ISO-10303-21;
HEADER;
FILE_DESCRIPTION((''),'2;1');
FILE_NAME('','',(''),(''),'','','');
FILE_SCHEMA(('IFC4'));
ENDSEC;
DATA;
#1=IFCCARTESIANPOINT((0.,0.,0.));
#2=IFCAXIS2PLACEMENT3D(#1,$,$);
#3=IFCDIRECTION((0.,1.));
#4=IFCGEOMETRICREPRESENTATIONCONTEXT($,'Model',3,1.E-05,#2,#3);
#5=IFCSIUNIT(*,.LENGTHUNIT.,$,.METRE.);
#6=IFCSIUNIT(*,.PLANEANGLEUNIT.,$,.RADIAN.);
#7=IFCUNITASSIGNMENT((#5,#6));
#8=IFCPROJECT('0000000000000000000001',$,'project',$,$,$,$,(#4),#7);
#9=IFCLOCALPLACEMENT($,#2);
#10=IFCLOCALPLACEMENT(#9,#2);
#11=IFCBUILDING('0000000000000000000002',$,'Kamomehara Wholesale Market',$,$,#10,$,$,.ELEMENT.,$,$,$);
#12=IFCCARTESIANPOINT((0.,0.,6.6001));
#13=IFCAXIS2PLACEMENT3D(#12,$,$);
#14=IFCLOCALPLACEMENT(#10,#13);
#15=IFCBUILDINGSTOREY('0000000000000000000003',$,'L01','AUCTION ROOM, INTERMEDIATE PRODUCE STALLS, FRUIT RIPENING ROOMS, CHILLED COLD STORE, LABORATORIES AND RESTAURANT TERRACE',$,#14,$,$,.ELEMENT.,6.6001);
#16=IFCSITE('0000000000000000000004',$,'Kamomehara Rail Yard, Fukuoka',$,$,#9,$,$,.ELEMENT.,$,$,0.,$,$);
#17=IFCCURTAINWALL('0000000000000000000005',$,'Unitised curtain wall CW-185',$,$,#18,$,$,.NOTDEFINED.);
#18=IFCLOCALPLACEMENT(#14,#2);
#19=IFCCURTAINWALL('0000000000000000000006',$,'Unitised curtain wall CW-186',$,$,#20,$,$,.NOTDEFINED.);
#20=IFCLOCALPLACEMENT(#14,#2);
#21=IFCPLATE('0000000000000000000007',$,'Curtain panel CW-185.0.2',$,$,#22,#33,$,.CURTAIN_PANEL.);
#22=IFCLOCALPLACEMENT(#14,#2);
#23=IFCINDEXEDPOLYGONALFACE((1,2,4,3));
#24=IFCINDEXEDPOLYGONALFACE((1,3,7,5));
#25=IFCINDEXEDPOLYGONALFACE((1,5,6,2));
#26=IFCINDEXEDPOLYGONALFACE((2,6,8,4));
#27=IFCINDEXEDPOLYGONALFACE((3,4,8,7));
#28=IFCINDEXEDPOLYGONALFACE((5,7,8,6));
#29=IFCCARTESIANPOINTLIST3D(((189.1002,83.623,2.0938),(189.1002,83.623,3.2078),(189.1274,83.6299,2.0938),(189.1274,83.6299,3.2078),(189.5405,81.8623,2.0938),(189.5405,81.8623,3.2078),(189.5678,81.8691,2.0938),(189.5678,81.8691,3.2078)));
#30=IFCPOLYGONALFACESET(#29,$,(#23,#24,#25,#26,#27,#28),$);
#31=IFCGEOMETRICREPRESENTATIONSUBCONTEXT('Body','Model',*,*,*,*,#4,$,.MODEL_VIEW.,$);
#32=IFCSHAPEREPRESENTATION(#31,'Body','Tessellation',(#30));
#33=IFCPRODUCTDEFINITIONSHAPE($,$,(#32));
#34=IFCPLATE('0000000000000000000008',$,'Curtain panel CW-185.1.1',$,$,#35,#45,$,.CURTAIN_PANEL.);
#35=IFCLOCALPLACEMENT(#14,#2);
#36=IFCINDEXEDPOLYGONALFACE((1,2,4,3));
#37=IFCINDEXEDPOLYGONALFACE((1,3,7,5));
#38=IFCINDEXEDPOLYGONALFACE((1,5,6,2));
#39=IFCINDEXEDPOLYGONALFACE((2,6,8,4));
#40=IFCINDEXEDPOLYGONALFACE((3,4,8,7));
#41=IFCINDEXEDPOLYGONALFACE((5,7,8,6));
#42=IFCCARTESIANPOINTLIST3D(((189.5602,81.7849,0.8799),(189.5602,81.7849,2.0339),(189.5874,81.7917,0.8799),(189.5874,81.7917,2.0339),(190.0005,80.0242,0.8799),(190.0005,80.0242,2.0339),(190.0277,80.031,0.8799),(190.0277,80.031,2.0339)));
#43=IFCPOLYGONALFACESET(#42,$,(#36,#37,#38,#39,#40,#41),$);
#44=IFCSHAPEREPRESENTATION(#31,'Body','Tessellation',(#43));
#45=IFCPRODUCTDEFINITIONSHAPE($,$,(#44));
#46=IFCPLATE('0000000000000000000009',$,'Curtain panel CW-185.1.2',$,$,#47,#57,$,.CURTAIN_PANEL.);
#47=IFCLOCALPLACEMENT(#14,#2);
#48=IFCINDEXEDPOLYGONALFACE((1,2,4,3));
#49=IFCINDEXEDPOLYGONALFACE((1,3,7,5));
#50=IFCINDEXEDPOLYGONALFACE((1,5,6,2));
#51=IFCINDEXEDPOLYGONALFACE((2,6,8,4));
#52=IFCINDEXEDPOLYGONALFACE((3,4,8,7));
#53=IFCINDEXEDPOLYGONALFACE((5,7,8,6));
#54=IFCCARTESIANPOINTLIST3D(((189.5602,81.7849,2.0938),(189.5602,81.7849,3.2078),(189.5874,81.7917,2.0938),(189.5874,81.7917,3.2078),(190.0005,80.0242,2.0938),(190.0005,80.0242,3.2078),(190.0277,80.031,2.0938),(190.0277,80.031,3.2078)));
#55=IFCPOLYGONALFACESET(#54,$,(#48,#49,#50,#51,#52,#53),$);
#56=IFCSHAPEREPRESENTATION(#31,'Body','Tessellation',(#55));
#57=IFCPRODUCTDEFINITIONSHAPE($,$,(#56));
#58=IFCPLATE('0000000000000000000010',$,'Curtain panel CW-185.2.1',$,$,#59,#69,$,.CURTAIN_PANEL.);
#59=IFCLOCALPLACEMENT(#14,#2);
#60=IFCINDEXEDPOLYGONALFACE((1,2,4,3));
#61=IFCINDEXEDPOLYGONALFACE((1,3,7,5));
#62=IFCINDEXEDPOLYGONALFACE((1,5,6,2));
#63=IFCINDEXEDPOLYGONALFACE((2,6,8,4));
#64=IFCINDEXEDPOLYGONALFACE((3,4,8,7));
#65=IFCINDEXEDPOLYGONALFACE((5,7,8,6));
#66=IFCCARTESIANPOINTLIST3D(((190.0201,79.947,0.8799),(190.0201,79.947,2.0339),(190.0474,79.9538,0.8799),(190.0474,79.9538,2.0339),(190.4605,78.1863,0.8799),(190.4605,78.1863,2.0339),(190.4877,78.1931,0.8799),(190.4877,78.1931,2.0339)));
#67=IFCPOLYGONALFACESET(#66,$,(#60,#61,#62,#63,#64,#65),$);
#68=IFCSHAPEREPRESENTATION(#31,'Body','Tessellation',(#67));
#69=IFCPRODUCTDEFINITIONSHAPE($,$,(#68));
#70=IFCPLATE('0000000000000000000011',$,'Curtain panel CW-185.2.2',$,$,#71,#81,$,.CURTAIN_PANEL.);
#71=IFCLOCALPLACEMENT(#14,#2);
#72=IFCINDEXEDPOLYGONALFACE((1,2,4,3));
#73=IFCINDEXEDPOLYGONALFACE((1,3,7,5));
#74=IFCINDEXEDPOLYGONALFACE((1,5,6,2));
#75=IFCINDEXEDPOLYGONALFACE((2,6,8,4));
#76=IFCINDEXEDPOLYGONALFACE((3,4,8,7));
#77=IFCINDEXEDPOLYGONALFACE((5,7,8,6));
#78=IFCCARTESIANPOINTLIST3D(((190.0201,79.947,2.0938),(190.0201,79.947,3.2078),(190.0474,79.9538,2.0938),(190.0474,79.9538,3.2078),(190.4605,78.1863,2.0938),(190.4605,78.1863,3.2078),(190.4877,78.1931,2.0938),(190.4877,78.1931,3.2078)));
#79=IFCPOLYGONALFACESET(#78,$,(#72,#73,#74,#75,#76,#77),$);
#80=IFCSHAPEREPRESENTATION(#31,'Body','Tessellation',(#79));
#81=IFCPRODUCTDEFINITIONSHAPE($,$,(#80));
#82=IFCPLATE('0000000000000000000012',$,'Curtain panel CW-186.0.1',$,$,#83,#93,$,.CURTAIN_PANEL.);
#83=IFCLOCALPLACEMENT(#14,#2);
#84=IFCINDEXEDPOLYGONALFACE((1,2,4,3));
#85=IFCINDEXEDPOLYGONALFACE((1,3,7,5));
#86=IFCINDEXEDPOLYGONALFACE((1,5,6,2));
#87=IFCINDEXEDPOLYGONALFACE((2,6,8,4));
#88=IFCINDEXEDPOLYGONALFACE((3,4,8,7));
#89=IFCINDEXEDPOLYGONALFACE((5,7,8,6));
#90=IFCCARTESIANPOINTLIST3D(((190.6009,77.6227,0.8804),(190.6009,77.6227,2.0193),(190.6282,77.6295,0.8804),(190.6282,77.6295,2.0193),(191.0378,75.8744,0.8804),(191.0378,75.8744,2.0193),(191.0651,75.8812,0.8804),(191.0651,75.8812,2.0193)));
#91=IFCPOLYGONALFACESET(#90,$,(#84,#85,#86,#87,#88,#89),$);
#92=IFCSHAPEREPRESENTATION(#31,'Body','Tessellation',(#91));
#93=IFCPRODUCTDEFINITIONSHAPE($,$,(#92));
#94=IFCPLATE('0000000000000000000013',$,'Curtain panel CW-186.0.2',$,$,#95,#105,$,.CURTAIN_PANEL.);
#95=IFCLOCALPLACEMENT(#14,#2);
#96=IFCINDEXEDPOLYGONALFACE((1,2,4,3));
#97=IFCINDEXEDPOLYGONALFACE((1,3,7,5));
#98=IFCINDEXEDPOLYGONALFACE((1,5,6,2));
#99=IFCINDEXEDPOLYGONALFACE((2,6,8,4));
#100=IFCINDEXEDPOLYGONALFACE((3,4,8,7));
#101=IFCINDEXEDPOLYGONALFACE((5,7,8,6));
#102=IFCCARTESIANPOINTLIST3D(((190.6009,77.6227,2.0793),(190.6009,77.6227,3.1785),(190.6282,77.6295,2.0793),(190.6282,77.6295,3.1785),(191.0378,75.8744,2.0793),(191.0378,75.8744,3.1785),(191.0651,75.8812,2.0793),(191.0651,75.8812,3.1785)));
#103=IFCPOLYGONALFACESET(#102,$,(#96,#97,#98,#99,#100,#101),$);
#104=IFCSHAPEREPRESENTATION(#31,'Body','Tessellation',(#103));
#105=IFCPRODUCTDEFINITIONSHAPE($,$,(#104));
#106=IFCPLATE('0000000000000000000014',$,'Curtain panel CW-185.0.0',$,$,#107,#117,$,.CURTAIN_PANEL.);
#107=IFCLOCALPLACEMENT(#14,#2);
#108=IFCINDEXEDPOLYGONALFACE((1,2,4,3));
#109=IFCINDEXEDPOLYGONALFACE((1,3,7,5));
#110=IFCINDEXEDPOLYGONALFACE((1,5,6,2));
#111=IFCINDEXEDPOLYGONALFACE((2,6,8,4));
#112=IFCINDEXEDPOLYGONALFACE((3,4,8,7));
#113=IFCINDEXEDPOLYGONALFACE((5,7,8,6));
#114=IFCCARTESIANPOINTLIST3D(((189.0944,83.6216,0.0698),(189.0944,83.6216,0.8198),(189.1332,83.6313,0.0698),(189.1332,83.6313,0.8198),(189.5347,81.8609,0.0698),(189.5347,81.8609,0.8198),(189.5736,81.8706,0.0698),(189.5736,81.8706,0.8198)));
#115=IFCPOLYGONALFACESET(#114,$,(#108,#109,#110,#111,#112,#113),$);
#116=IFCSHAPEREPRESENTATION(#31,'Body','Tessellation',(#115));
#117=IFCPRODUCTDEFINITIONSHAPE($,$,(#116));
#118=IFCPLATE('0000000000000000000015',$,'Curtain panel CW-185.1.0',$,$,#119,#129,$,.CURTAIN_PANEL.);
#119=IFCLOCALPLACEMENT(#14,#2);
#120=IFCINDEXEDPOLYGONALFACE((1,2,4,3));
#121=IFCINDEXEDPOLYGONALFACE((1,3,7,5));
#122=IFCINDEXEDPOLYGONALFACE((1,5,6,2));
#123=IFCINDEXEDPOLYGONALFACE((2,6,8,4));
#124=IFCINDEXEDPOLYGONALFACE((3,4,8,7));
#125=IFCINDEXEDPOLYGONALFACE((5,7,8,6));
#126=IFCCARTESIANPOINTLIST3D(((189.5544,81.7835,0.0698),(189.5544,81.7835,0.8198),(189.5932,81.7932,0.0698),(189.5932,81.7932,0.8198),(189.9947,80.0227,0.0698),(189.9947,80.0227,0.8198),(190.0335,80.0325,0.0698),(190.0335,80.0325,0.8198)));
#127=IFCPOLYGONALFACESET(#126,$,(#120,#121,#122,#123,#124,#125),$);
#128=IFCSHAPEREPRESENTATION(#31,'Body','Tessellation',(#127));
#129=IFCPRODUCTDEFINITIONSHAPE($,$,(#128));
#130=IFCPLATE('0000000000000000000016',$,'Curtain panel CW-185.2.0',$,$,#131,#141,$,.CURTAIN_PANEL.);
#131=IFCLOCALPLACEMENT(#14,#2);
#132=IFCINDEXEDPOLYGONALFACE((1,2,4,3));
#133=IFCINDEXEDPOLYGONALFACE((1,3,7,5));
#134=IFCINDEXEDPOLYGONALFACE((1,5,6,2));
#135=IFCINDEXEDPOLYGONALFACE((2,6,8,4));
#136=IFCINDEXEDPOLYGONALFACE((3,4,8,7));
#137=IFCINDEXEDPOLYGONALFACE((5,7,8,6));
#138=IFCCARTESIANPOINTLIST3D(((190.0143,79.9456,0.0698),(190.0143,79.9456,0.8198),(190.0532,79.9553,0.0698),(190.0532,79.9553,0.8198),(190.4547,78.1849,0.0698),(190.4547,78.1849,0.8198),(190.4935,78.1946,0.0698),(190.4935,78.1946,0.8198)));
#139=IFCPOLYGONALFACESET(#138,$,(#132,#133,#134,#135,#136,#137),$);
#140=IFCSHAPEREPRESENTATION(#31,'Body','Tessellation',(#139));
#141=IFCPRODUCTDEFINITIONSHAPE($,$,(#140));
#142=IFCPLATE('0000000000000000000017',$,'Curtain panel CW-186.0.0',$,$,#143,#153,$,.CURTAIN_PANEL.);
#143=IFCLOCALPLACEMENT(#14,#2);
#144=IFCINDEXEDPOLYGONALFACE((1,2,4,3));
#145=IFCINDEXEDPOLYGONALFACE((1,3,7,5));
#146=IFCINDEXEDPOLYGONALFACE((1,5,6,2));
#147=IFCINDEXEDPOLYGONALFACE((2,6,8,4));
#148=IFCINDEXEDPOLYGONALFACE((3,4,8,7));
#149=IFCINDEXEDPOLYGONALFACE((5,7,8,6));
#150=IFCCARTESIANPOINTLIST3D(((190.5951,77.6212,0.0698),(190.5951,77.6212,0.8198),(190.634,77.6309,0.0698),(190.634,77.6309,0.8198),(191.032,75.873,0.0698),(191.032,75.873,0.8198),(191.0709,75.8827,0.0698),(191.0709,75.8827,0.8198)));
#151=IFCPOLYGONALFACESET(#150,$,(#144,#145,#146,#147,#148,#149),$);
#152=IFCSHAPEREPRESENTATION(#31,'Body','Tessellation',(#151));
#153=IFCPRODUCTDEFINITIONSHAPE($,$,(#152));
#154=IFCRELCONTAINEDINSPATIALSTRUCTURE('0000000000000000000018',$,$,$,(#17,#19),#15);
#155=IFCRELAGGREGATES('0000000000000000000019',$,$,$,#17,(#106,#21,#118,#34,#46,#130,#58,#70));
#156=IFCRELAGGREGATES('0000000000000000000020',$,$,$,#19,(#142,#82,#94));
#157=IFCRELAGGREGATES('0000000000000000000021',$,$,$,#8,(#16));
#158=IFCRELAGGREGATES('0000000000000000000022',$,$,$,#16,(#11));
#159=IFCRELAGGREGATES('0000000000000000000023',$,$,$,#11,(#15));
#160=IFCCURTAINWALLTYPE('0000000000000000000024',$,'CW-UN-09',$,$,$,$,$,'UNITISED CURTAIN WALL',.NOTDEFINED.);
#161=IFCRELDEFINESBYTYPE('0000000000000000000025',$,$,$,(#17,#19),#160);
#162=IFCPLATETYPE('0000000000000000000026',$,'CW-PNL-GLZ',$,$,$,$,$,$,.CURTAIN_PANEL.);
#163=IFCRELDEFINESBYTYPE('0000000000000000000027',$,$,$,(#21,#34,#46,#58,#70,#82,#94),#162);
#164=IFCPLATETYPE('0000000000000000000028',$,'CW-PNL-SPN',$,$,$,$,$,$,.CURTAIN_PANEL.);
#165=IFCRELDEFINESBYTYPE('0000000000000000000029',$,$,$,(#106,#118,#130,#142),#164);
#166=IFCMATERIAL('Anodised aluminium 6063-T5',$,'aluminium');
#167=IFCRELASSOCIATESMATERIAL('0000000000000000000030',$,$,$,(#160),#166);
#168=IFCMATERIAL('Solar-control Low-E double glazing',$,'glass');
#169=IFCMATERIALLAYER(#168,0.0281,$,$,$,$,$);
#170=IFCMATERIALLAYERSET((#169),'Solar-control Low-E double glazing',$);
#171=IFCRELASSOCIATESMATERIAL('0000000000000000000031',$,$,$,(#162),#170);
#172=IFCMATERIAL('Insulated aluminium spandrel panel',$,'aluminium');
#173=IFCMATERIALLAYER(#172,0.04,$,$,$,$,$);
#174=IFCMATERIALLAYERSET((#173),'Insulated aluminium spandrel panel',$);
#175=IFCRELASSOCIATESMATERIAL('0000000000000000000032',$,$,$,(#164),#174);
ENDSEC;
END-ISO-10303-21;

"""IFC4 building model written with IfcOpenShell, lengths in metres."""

from ifc_helpers import new_model, si_unit, direction, frame, origin, origin_2d, place, context, subcontext, project, spatial, rectangle, extrude, material, layer, layer_set, type_object, element, aggregate, save


model = new_model("IFC4")

# Units and contexts
model_context = context("Model", 3, precision=1e-05, world=origin(), true_north=direction((0.0, 1.0)))
body_context = subcontext(model_context, "Body", "Model", "MODEL_VIEW")
ifc_project = project(units=[si_unit("LENGTHUNIT", "METRE"), si_unit("PLANEANGLEUNIT", "RADIAN")], contexts=[model_context])

# Site, building, storey
site_placement = place(None, origin())
site = spatial("IfcSite", under=ifc_project, at=site_placement, Name="Kamomehara Rail Yard, Fukuoka", CompositionType="ELEMENT", RefElevation=0.0)
building_placement = place(site_placement, origin())
building = spatial("IfcBuilding", under=site, at=building_placement, Name="Kamomehara Wholesale Market", CompositionType="ELEMENT")
storey_placement = place(building_placement, frame((0.0, 0.0, 6.6001)))
storey = spatial("IfcBuildingStorey", under=building, at=storey_placement, Name="L01", Description="AUCTION ROOM, INTERMEDIATE PRODUCE STALLS, FRUIT RIPENING ROOMS, CHILLED COLD STORE, LABORATORIES AND RESTAURANT TERRACE", CompositionType="ELEMENT", Elevation=6.6001)

# Curtain walls
ifc_material_1 = material(Name="Anodised aluminium 6063-T5", Category="aluminium")
curtain_wall_type = type_object("IfcCurtainWallType", Name="CW-UN-09", ElementType="UNITISED CURTAIN WALL", PredefinedType="NOTDEFINED", material=ifc_material_1)
curtain_wall_1_placement = place(storey_placement, origin())
curtain_wall_1 = element("IfcCurtainWall", 1, at=curtain_wall_1_placement, inside=storey, type_object=curtain_wall_type, Name="Unitised curtain wall CW-185", PredefinedType="NOTDEFINED")
curtain_wall_2_placement = place(storey_placement, origin())
curtain_wall_2 = element("IfcCurtainWall", 2, at=curtain_wall_2_placement, inside=storey, type_object=curtain_wall_type, Name="Unitised curtain wall CW-186", PredefinedType="NOTDEFINED")

# Plates
ifc_material_2 = material(Name="Solar-control Low-E double glazing", Category="glass")
ifc_layer_1 = layer(ifc_material_2, 0.0281)
ifc_layer_set_1 = layer_set([ifc_layer_1], Name="Solar-control Low-E double glazing")
plate_type_1 = type_object("IfcPlateType", Name="CW-PNL-GLZ", PredefinedType="CURTAIN_PANEL", material=ifc_layer_set_1)
plate_1_placement = place(storey_placement, frame((189.334, 82.7461, 2.0938), z_axis=(0.0, 0.0, 1.0), x_axis=(0.242616, -0.970122, 0.0)))
plate_1 = element("IfcPlate", 3, at=plate_1_placement, type_object=plate_type_1, Name="Curtain panel CW-185.0.2", PredefinedType="CURTAIN_PANEL", context=body_context, shape_type="SweptSolid", body=[
    extrude(rectangle(XDim=1.8149, YDim=0.0281, at=origin_2d()), origin(), (0.0, 0.0, 1.0), 1.114),
])
plate_2_placement = place(storey_placement, frame((189.7939, 80.908, 0.8799), z_axis=(0.0, 0.0, 1.0), x_axis=(0.242616, -0.970122, 0.0)))
plate_2 = element("IfcPlate", 4, at=plate_2_placement, type_object=plate_type_1, Name="Curtain panel CW-185.1.1", PredefinedType="CURTAIN_PANEL", context=body_context, shape_type="SweptSolid", body=[
    extrude(rectangle(XDim=1.8149, YDim=0.0281, at=origin_2d()), origin(), (0.0, 0.0, 1.0), 1.1541),
])
plate_3_placement = place(storey_placement, frame((189.7939, 80.908, 2.0938), z_axis=(0.0, 0.0, 1.0), x_axis=(0.242616, -0.970122, 0.0)))
plate_3 = element("IfcPlate", 5, at=plate_3_placement, type_object=plate_type_1, Name="Curtain panel CW-185.1.2", PredefinedType="CURTAIN_PANEL", context=body_context, shape_type="SweptSolid", body=[
    extrude(rectangle(XDim=1.8149, YDim=0.0281, at=origin_2d()), origin(), (0.0, 0.0, 1.0), 1.114),
])
plate_4_placement = place(storey_placement, frame((190.2539, 79.0701, 0.8799), z_axis=(0.0, 0.0, 1.0), x_axis=(0.242616, -0.970122, 0.0)))
plate_4 = element("IfcPlate", 6, at=plate_4_placement, type_object=plate_type_1, Name="Curtain panel CW-185.2.1", PredefinedType="CURTAIN_PANEL", context=body_context, shape_type="SweptSolid", body=[
    extrude(rectangle(XDim=1.8149, YDim=0.0281, at=origin_2d()), origin(), (0.0, 0.0, 1.0), 1.1541),
])
plate_5_placement = place(storey_placement, frame((190.2539, 79.0701, 2.0938), z_axis=(0.0, 0.0, 1.0), x_axis=(0.242616, -0.970122, 0.0)))
plate_5 = element("IfcPlate", 7, at=plate_5_placement, type_object=plate_type_1, Name="Curtain panel CW-185.2.2", PredefinedType="CURTAIN_PANEL", context=body_context, shape_type="SweptSolid", body=[
    extrude(rectangle(XDim=1.8149, YDim=0.0281, at=origin_2d()), origin(), (0.0, 0.0, 1.0), 1.114),
])
plate_6_placement = place(storey_placement, frame((190.833, 76.752, 0.8804), z_axis=(0.0, 0.0, 1.0), x_axis=(0.242447, -0.970165, 0.0)))
plate_6 = element("IfcPlate", 8, at=plate_6_placement, type_object=plate_type_1, Name="Curtain panel CW-186.0.1", PredefinedType="CURTAIN_PANEL", context=body_context, shape_type="SweptSolid", body=[
    extrude(rectangle(XDim=1.802, YDim=0.0281, at=origin_2d()), origin(), (0.0, 0.0, 1.0), 1.1389),
])
plate_7_placement = place(storey_placement, frame((190.833, 76.752, 2.0793), z_axis=(0.0, 0.0, 1.0), x_axis=(0.242447, -0.970165, 0.0)))
plate_7 = element("IfcPlate", 9, at=plate_7_placement, type_object=plate_type_1, Name="Curtain panel CW-186.0.2", PredefinedType="CURTAIN_PANEL", context=body_context, shape_type="SweptSolid", body=[
    extrude(rectangle(XDim=1.802, YDim=0.0281, at=origin_2d()), origin(), (0.0, 0.0, 1.0), 1.0991),
])
ifc_material_3 = material(Name="Insulated aluminium spandrel panel", Category="aluminium")
ifc_layer_2 = layer(ifc_material_3, 0.04)
ifc_layer_set_2 = layer_set([ifc_layer_2], Name="Insulated aluminium spandrel panel")
plate_type_2 = type_object("IfcPlateType", Name="CW-PNL-SPN", PredefinedType="CURTAIN_PANEL", material=ifc_layer_set_2)
plate_8_placement = place(storey_placement, frame((189.334, 82.7461, 0.0698), z_axis=(0.0, 0.0, 1.0), x_axis=(0.242616, -0.970122, 0.0)))
plate_8 = element("IfcPlate", 10, at=plate_8_placement, type_object=plate_type_2, Name="Curtain panel CW-185.0.0", PredefinedType="CURTAIN_PANEL", context=body_context, shape_type="SweptSolid", body=[
    extrude(rectangle(XDim=1.8149, YDim=0.04, at=origin_2d()), origin(), (0.0, 0.0, 1.0), 0.75),
])
plate_9_placement = place(storey_placement, frame((189.7939, 80.908, 0.0698), z_axis=(0.0, 0.0, 1.0), x_axis=(0.242616, -0.970122, 0.0)))
plate_9 = element("IfcPlate", 11, at=plate_9_placement, type_object=plate_type_2, Name="Curtain panel CW-185.1.0", PredefinedType="CURTAIN_PANEL", context=body_context, shape_type="SweptSolid", body=[
    extrude(rectangle(XDim=1.8149, YDim=0.04, at=origin_2d()), origin(), (0.0, 0.0, 1.0), 0.75),
])
plate_10_placement = place(storey_placement, frame((190.2539, 79.0701, 0.0698), z_axis=(0.0, 0.0, 1.0), x_axis=(0.242616, -0.970122, 0.0)))
plate_10 = element("IfcPlate", 12, at=plate_10_placement, type_object=plate_type_2, Name="Curtain panel CW-185.2.0", PredefinedType="CURTAIN_PANEL", context=body_context, shape_type="SweptSolid", body=[
    extrude(rectangle(XDim=1.8149, YDim=0.04, at=origin_2d()), origin(), (0.0, 0.0, 1.0), 0.75),
])
aggregate(curtain_wall_1, [plate_8, plate_1, plate_9, plate_2, plate_3, plate_10, plate_4, plate_5])
plate_11_placement = place(storey_placement, frame((190.833, 76.752, 0.0698), z_axis=(0.0, 0.0, 1.0), x_axis=(0.242447, -0.970165, 0.0)))
plate_11 = element("IfcPlate", 13, at=plate_11_placement, type_object=plate_type_2, Name="Curtain panel CW-186.0.0", PredefinedType="CURTAIN_PANEL", context=body_context, shape_type="SweptSolid", body=[
    extrude(rectangle(XDim=1.802, YDim=0.04, at=origin_2d()), origin(), (0.0, 0.0, 1.0), 0.75),
])
aggregate(curtain_wall_2, [plate_11, plate_6, plate_7])

save(model, "model.ifc")
